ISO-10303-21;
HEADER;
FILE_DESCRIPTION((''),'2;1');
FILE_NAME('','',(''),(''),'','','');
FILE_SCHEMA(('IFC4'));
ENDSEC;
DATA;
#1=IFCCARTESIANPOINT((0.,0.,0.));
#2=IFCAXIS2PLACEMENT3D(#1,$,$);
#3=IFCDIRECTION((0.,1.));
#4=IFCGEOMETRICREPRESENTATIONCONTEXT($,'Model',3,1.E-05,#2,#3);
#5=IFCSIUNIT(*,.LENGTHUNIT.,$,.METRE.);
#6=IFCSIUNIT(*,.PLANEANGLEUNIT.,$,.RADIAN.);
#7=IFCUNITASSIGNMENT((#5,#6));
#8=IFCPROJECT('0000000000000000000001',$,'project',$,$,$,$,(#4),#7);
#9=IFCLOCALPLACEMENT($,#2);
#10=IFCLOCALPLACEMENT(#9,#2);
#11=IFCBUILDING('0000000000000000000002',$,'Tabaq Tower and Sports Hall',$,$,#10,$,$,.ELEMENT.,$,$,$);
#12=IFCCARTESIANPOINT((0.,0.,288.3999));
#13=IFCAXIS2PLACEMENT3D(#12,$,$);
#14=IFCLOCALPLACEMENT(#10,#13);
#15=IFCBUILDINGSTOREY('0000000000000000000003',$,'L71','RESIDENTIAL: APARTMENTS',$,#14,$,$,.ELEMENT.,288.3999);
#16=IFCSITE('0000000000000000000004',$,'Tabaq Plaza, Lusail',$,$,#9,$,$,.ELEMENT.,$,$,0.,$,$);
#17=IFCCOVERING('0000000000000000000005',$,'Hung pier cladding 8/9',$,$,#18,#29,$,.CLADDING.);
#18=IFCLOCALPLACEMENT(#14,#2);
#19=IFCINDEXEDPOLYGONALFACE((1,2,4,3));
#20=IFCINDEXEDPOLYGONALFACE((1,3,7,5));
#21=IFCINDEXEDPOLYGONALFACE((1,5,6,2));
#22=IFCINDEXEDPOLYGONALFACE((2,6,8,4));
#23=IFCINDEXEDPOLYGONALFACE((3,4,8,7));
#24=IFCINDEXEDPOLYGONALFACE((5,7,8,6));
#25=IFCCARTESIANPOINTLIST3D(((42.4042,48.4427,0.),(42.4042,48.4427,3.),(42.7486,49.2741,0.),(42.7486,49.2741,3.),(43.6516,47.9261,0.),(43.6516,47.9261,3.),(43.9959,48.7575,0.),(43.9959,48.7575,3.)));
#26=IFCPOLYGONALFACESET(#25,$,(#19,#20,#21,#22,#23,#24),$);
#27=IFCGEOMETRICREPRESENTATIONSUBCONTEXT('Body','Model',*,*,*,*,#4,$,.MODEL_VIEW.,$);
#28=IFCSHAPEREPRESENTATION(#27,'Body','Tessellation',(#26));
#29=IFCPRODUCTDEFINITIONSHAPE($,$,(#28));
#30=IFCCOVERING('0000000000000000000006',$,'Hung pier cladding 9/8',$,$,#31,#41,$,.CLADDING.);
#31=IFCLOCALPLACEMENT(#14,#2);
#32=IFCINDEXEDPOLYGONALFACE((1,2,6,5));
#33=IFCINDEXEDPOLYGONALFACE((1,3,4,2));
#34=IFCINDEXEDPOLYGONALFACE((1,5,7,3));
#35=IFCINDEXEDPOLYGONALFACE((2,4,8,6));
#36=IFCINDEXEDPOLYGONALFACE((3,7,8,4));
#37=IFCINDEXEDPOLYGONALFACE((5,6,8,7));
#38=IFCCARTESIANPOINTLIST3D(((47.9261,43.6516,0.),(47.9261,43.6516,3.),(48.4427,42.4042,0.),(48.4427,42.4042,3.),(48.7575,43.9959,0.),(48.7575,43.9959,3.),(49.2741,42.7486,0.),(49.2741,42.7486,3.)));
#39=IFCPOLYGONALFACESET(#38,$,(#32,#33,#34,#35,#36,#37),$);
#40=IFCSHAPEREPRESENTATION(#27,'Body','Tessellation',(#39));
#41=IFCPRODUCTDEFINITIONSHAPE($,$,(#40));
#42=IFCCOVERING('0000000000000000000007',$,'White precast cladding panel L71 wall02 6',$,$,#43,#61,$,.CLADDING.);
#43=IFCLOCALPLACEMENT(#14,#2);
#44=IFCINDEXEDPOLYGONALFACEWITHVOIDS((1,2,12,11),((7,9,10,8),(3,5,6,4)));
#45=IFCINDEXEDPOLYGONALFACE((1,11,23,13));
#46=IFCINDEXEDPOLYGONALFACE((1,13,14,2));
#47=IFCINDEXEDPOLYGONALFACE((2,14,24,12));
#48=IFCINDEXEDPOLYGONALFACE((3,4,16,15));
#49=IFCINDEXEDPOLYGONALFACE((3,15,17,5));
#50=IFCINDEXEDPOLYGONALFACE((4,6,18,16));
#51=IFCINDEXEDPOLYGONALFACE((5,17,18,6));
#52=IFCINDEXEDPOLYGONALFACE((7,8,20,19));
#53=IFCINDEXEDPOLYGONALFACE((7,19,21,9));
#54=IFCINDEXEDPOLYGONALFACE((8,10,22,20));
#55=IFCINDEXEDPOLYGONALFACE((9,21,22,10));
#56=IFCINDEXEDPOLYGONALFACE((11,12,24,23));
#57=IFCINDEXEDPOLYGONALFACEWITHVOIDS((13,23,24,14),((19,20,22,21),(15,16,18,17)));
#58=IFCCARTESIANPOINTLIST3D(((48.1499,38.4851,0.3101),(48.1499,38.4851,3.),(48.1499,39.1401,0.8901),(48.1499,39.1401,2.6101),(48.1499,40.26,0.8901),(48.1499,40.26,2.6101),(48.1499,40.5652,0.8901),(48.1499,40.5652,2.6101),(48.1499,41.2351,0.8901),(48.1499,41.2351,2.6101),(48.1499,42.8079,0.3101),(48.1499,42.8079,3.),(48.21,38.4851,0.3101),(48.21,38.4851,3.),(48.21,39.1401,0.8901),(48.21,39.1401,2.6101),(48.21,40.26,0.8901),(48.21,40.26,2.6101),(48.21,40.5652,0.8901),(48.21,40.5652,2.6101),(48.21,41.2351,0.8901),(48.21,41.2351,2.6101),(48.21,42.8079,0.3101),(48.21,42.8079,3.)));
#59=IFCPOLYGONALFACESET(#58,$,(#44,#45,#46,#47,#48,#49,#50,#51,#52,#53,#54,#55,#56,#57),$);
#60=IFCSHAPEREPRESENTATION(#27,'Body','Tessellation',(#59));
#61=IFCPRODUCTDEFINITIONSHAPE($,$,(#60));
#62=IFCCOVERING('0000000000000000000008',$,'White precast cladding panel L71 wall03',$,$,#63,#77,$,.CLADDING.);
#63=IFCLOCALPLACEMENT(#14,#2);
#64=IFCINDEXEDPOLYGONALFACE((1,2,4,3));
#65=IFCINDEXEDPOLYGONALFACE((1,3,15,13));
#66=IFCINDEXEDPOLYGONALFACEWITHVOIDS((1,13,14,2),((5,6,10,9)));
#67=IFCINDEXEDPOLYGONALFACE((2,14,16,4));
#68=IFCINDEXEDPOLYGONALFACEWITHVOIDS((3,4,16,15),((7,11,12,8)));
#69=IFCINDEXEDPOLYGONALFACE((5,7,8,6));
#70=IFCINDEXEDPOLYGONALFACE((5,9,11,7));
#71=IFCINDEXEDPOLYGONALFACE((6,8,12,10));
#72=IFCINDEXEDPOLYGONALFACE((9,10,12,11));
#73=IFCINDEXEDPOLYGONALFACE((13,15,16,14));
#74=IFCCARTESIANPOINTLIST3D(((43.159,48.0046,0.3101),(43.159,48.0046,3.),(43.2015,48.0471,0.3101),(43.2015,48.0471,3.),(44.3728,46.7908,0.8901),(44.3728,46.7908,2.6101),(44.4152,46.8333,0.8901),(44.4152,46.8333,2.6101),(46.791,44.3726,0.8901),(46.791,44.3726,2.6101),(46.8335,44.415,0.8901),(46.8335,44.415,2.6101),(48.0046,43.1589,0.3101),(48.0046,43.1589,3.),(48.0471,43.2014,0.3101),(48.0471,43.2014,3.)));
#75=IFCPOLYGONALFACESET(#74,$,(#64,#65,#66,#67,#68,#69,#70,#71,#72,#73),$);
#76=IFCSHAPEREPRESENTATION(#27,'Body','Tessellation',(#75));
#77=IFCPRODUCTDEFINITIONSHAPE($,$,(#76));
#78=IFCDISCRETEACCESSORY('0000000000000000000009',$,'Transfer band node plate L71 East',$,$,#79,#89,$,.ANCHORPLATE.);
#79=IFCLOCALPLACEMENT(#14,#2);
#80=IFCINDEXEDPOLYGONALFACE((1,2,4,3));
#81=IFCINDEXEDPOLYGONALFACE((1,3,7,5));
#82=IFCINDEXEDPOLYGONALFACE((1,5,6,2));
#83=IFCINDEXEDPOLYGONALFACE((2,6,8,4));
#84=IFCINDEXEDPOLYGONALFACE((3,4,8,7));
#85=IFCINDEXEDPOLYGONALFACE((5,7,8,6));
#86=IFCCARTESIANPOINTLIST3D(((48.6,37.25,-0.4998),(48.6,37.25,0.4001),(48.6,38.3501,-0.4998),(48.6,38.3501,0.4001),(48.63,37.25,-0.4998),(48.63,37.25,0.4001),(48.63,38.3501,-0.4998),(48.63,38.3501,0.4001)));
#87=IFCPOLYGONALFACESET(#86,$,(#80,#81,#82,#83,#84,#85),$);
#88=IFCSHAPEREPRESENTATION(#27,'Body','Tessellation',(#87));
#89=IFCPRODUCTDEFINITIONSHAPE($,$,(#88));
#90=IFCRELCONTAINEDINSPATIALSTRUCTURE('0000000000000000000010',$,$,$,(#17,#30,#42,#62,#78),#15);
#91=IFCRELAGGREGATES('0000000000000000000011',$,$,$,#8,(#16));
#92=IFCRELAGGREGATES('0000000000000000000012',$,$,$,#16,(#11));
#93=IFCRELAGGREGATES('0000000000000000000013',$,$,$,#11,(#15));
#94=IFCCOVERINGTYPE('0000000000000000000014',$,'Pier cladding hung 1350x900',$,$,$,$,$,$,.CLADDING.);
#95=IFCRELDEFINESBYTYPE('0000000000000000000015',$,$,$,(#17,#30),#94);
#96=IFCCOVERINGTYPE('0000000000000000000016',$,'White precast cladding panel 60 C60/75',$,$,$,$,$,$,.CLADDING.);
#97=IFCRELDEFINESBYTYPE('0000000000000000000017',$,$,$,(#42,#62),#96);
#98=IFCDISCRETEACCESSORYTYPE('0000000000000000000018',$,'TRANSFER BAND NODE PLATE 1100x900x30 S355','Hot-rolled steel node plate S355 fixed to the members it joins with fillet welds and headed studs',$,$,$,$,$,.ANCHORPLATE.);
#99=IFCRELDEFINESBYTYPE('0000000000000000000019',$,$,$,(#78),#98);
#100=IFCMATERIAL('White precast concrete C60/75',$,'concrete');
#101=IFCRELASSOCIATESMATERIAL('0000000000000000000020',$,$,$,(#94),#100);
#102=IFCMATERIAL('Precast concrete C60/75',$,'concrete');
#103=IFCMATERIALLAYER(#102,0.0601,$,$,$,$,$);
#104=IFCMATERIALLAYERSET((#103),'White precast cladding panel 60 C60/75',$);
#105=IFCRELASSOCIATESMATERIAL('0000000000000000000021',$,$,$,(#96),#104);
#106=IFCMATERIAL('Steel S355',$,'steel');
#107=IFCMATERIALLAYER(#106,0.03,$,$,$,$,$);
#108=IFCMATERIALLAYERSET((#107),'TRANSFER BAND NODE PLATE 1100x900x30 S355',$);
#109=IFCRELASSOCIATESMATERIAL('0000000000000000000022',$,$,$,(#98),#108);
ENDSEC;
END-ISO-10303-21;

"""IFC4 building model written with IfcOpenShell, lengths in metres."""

from ifc_helpers import new_model, si_unit, direction, frame, frame_2d, origin, origin_2d, place, context, subcontext, project, spatial, polyline, rectangle, outline, extrude, material, layer, layer_set, type_object, element, save


model = new_model("IFC4")

# Units and contexts
model_context = context("Model", 3, precision=1e-05, world=origin(), true_north=direction((0.0, 1.0)))
body_context = subcontext(model_context, "Body", "Model", "MODEL_VIEW")
ifc_project = project(units=[si_unit("LENGTHUNIT", "METRE"), si_unit("PLANEANGLEUNIT", "RADIAN")], contexts=[model_context])

# Site, building, storey
site_placement = place(None, origin())
site = spatial("IfcSite", under=ifc_project, at=site_placement, Name="Tabaq Plaza, Lusail", CompositionType="ELEMENT", RefElevation=0.0)
building_placement = place(site_placement, origin())
building = spatial("IfcBuilding", under=site, at=building_placement, Name="Tabaq Tower and Sports Hall", CompositionType="ELEMENT")
storey_placement = place(building_placement, frame((0.0, 0.0, 288.3999)))
storey = spatial("IfcBuildingStorey", under=building, at=storey_placement, Name="L71", Description="RESIDENTIAL: APARTMENTS", CompositionType="ELEMENT", Elevation=288.3999)

# Coverings
ifc_material_1 = material(Name="White precast concrete C60/75", Category="concrete")
covering_type_1 = type_object("IfcCoveringType", Name="Pier cladding hung 1350x900", PredefinedType="CLADDING", material=ifc_material_1)
for number, where, z_axis, x_axis, name in (
    (1, (43.8237, 48.3418, 0.0), (0.0, 0.0, 1.0), (-0.923893, 0.38265, 0.0), "Hung pier cladding 8/9"),
    (2, (48.8584, 42.5764, 0.0), (0.0, 0.0, 1.0), (-0.38265, 0.923893, 0.0), "Hung pier cladding 9/8"),
):
    element("IfcCovering", number, at=place(storey_placement, frame(where, z_axis=z_axis, x_axis=x_axis)), inside=storey, type_object=covering_type_1, Name=name, PredefinedType="CLADDING", context=body_context, shape_type="SweptSolid", body=[
        extrude(rectangle(XDim=1.3501, YDim=0.8999, at=frame_2d((0.675, 0.0))), origin(), (0.0, 0.0, 1.0), 3.0),
    ])
ifc_material_2 = material(Name="Precast concrete C60/75", Category="concrete")
ifc_layer_1 = layer(ifc_material_2, 0.0601)
ifc_layer_set_1 = layer_set([ifc_layer_1], Name="White precast cladding panel 60 C60/75")
covering_type_2 = type_object("IfcCoveringType", Name="White precast cladding panel 60 C60/75", PredefinedType="CLADDING", material=ifc_layer_set_1)
covering_1_placement = place(storey_placement, frame((48.1799, 38.4851, 0.3101), z_axis=(0.0, 0.0, 1.0), x_axis=(0.0, 1.0, 0.0)))
element("IfcCovering", 3, at=covering_1_placement, inside=storey, type_object=covering_type_2, Name="White precast cladding panel L71 wall02 6", PredefinedType="CLADDING", context=body_context, shape_type="SweptSolid", body=[
    extrude(outline(polyline([(0.0, 0.0), (4.3228, 0.0), (4.3228, 2.6899), (0.0, 2.6899), (0.0, 0.0)]), holes=[polyline([(0.655, 2.3), (1.7749, 2.3), (1.7749, 0.5801), (0.655, 0.5801), (0.655, 2.3)]), polyline([(2.0801, 2.3), (2.75, 2.3), (2.75, 0.5801), (2.0801, 0.5801), (2.0801, 2.3)])]), frame((0.0, 0.03, 0.0), z_axis=(0.0, -1.0, 0.0), x_axis=(1.0, 0.0, 0.0)), (0.0, 0.0, 1.0), 0.0601),
])
covering_2_placement = place(storey_placement, frame((48.0259, 43.1802, 0.3101), z_axis=(0.0, 0.0, 1.0), x_axis=(-0.707107, 0.707107, 0.0)))
element("IfcCovering", 4, at=covering_2_placement, inside=storey, type_object=covering_type_2, Name="White precast cladding panel L71 wall03", PredefinedType="CLADDING", context=body_context, shape_type="SweptSolid", body=[
    extrude(outline(polyline([(0.0, 0.0), (6.8528, 0.0), (6.8528, 2.6899), (0.0, 2.6899), (0.0, 0.0)]), holes=[polyline([(1.7163, 0.5801), (1.7163, 2.3), (5.1362, 2.3), (5.1362, 0.5801), (1.7163, 0.5801)])]), frame((0.0, 0.03, 0.0), z_axis=(0.0, -1.0, 0.0), x_axis=(1.0, 0.0, 0.0)), (0.0, 0.0, 1.0), 0.0601),
])

# Discrete accessory
ifc_material_3 = material(Name="Steel S355", Category="steel")
ifc_layer_2 = layer(ifc_material_3, 0.03)
ifc_layer_set_2 = layer_set([ifc_layer_2], Name="TRANSFER BAND NODE PLATE 1100x900x30 S355")
discrete_accessory_type = type_object("IfcDiscreteAccessoryType", Name="TRANSFER BAND NODE PLATE 1100x900x30 S355", Description="Hot-rolled steel node plate S355 fixed to the members it joins with fillet welds and headed studs", PredefinedType="ANCHORPLATE", material=ifc_layer_set_2)
discrete_accessory_placement = place(storey_placement, frame((48.615, 37.8, -0.4998), z_axis=(0.0, 0.0, 1.0), x_axis=(0.0, 1.0, 0.0)))
element("IfcDiscreteAccessory", 5, at=discrete_accessory_placement, inside=storey, type_object=discrete_accessory_type, Name="Transfer band node plate L71 East", PredefinedType="ANCHORPLATE", context=body_context, shape_type="SweptSolid", body=[
    extrude(rectangle(XDim=1.1001, YDim=0.03, at=origin_2d()), origin(), (0.0, 0.0, 1.0), 0.8999),
])

save(model, "model.ifc")
